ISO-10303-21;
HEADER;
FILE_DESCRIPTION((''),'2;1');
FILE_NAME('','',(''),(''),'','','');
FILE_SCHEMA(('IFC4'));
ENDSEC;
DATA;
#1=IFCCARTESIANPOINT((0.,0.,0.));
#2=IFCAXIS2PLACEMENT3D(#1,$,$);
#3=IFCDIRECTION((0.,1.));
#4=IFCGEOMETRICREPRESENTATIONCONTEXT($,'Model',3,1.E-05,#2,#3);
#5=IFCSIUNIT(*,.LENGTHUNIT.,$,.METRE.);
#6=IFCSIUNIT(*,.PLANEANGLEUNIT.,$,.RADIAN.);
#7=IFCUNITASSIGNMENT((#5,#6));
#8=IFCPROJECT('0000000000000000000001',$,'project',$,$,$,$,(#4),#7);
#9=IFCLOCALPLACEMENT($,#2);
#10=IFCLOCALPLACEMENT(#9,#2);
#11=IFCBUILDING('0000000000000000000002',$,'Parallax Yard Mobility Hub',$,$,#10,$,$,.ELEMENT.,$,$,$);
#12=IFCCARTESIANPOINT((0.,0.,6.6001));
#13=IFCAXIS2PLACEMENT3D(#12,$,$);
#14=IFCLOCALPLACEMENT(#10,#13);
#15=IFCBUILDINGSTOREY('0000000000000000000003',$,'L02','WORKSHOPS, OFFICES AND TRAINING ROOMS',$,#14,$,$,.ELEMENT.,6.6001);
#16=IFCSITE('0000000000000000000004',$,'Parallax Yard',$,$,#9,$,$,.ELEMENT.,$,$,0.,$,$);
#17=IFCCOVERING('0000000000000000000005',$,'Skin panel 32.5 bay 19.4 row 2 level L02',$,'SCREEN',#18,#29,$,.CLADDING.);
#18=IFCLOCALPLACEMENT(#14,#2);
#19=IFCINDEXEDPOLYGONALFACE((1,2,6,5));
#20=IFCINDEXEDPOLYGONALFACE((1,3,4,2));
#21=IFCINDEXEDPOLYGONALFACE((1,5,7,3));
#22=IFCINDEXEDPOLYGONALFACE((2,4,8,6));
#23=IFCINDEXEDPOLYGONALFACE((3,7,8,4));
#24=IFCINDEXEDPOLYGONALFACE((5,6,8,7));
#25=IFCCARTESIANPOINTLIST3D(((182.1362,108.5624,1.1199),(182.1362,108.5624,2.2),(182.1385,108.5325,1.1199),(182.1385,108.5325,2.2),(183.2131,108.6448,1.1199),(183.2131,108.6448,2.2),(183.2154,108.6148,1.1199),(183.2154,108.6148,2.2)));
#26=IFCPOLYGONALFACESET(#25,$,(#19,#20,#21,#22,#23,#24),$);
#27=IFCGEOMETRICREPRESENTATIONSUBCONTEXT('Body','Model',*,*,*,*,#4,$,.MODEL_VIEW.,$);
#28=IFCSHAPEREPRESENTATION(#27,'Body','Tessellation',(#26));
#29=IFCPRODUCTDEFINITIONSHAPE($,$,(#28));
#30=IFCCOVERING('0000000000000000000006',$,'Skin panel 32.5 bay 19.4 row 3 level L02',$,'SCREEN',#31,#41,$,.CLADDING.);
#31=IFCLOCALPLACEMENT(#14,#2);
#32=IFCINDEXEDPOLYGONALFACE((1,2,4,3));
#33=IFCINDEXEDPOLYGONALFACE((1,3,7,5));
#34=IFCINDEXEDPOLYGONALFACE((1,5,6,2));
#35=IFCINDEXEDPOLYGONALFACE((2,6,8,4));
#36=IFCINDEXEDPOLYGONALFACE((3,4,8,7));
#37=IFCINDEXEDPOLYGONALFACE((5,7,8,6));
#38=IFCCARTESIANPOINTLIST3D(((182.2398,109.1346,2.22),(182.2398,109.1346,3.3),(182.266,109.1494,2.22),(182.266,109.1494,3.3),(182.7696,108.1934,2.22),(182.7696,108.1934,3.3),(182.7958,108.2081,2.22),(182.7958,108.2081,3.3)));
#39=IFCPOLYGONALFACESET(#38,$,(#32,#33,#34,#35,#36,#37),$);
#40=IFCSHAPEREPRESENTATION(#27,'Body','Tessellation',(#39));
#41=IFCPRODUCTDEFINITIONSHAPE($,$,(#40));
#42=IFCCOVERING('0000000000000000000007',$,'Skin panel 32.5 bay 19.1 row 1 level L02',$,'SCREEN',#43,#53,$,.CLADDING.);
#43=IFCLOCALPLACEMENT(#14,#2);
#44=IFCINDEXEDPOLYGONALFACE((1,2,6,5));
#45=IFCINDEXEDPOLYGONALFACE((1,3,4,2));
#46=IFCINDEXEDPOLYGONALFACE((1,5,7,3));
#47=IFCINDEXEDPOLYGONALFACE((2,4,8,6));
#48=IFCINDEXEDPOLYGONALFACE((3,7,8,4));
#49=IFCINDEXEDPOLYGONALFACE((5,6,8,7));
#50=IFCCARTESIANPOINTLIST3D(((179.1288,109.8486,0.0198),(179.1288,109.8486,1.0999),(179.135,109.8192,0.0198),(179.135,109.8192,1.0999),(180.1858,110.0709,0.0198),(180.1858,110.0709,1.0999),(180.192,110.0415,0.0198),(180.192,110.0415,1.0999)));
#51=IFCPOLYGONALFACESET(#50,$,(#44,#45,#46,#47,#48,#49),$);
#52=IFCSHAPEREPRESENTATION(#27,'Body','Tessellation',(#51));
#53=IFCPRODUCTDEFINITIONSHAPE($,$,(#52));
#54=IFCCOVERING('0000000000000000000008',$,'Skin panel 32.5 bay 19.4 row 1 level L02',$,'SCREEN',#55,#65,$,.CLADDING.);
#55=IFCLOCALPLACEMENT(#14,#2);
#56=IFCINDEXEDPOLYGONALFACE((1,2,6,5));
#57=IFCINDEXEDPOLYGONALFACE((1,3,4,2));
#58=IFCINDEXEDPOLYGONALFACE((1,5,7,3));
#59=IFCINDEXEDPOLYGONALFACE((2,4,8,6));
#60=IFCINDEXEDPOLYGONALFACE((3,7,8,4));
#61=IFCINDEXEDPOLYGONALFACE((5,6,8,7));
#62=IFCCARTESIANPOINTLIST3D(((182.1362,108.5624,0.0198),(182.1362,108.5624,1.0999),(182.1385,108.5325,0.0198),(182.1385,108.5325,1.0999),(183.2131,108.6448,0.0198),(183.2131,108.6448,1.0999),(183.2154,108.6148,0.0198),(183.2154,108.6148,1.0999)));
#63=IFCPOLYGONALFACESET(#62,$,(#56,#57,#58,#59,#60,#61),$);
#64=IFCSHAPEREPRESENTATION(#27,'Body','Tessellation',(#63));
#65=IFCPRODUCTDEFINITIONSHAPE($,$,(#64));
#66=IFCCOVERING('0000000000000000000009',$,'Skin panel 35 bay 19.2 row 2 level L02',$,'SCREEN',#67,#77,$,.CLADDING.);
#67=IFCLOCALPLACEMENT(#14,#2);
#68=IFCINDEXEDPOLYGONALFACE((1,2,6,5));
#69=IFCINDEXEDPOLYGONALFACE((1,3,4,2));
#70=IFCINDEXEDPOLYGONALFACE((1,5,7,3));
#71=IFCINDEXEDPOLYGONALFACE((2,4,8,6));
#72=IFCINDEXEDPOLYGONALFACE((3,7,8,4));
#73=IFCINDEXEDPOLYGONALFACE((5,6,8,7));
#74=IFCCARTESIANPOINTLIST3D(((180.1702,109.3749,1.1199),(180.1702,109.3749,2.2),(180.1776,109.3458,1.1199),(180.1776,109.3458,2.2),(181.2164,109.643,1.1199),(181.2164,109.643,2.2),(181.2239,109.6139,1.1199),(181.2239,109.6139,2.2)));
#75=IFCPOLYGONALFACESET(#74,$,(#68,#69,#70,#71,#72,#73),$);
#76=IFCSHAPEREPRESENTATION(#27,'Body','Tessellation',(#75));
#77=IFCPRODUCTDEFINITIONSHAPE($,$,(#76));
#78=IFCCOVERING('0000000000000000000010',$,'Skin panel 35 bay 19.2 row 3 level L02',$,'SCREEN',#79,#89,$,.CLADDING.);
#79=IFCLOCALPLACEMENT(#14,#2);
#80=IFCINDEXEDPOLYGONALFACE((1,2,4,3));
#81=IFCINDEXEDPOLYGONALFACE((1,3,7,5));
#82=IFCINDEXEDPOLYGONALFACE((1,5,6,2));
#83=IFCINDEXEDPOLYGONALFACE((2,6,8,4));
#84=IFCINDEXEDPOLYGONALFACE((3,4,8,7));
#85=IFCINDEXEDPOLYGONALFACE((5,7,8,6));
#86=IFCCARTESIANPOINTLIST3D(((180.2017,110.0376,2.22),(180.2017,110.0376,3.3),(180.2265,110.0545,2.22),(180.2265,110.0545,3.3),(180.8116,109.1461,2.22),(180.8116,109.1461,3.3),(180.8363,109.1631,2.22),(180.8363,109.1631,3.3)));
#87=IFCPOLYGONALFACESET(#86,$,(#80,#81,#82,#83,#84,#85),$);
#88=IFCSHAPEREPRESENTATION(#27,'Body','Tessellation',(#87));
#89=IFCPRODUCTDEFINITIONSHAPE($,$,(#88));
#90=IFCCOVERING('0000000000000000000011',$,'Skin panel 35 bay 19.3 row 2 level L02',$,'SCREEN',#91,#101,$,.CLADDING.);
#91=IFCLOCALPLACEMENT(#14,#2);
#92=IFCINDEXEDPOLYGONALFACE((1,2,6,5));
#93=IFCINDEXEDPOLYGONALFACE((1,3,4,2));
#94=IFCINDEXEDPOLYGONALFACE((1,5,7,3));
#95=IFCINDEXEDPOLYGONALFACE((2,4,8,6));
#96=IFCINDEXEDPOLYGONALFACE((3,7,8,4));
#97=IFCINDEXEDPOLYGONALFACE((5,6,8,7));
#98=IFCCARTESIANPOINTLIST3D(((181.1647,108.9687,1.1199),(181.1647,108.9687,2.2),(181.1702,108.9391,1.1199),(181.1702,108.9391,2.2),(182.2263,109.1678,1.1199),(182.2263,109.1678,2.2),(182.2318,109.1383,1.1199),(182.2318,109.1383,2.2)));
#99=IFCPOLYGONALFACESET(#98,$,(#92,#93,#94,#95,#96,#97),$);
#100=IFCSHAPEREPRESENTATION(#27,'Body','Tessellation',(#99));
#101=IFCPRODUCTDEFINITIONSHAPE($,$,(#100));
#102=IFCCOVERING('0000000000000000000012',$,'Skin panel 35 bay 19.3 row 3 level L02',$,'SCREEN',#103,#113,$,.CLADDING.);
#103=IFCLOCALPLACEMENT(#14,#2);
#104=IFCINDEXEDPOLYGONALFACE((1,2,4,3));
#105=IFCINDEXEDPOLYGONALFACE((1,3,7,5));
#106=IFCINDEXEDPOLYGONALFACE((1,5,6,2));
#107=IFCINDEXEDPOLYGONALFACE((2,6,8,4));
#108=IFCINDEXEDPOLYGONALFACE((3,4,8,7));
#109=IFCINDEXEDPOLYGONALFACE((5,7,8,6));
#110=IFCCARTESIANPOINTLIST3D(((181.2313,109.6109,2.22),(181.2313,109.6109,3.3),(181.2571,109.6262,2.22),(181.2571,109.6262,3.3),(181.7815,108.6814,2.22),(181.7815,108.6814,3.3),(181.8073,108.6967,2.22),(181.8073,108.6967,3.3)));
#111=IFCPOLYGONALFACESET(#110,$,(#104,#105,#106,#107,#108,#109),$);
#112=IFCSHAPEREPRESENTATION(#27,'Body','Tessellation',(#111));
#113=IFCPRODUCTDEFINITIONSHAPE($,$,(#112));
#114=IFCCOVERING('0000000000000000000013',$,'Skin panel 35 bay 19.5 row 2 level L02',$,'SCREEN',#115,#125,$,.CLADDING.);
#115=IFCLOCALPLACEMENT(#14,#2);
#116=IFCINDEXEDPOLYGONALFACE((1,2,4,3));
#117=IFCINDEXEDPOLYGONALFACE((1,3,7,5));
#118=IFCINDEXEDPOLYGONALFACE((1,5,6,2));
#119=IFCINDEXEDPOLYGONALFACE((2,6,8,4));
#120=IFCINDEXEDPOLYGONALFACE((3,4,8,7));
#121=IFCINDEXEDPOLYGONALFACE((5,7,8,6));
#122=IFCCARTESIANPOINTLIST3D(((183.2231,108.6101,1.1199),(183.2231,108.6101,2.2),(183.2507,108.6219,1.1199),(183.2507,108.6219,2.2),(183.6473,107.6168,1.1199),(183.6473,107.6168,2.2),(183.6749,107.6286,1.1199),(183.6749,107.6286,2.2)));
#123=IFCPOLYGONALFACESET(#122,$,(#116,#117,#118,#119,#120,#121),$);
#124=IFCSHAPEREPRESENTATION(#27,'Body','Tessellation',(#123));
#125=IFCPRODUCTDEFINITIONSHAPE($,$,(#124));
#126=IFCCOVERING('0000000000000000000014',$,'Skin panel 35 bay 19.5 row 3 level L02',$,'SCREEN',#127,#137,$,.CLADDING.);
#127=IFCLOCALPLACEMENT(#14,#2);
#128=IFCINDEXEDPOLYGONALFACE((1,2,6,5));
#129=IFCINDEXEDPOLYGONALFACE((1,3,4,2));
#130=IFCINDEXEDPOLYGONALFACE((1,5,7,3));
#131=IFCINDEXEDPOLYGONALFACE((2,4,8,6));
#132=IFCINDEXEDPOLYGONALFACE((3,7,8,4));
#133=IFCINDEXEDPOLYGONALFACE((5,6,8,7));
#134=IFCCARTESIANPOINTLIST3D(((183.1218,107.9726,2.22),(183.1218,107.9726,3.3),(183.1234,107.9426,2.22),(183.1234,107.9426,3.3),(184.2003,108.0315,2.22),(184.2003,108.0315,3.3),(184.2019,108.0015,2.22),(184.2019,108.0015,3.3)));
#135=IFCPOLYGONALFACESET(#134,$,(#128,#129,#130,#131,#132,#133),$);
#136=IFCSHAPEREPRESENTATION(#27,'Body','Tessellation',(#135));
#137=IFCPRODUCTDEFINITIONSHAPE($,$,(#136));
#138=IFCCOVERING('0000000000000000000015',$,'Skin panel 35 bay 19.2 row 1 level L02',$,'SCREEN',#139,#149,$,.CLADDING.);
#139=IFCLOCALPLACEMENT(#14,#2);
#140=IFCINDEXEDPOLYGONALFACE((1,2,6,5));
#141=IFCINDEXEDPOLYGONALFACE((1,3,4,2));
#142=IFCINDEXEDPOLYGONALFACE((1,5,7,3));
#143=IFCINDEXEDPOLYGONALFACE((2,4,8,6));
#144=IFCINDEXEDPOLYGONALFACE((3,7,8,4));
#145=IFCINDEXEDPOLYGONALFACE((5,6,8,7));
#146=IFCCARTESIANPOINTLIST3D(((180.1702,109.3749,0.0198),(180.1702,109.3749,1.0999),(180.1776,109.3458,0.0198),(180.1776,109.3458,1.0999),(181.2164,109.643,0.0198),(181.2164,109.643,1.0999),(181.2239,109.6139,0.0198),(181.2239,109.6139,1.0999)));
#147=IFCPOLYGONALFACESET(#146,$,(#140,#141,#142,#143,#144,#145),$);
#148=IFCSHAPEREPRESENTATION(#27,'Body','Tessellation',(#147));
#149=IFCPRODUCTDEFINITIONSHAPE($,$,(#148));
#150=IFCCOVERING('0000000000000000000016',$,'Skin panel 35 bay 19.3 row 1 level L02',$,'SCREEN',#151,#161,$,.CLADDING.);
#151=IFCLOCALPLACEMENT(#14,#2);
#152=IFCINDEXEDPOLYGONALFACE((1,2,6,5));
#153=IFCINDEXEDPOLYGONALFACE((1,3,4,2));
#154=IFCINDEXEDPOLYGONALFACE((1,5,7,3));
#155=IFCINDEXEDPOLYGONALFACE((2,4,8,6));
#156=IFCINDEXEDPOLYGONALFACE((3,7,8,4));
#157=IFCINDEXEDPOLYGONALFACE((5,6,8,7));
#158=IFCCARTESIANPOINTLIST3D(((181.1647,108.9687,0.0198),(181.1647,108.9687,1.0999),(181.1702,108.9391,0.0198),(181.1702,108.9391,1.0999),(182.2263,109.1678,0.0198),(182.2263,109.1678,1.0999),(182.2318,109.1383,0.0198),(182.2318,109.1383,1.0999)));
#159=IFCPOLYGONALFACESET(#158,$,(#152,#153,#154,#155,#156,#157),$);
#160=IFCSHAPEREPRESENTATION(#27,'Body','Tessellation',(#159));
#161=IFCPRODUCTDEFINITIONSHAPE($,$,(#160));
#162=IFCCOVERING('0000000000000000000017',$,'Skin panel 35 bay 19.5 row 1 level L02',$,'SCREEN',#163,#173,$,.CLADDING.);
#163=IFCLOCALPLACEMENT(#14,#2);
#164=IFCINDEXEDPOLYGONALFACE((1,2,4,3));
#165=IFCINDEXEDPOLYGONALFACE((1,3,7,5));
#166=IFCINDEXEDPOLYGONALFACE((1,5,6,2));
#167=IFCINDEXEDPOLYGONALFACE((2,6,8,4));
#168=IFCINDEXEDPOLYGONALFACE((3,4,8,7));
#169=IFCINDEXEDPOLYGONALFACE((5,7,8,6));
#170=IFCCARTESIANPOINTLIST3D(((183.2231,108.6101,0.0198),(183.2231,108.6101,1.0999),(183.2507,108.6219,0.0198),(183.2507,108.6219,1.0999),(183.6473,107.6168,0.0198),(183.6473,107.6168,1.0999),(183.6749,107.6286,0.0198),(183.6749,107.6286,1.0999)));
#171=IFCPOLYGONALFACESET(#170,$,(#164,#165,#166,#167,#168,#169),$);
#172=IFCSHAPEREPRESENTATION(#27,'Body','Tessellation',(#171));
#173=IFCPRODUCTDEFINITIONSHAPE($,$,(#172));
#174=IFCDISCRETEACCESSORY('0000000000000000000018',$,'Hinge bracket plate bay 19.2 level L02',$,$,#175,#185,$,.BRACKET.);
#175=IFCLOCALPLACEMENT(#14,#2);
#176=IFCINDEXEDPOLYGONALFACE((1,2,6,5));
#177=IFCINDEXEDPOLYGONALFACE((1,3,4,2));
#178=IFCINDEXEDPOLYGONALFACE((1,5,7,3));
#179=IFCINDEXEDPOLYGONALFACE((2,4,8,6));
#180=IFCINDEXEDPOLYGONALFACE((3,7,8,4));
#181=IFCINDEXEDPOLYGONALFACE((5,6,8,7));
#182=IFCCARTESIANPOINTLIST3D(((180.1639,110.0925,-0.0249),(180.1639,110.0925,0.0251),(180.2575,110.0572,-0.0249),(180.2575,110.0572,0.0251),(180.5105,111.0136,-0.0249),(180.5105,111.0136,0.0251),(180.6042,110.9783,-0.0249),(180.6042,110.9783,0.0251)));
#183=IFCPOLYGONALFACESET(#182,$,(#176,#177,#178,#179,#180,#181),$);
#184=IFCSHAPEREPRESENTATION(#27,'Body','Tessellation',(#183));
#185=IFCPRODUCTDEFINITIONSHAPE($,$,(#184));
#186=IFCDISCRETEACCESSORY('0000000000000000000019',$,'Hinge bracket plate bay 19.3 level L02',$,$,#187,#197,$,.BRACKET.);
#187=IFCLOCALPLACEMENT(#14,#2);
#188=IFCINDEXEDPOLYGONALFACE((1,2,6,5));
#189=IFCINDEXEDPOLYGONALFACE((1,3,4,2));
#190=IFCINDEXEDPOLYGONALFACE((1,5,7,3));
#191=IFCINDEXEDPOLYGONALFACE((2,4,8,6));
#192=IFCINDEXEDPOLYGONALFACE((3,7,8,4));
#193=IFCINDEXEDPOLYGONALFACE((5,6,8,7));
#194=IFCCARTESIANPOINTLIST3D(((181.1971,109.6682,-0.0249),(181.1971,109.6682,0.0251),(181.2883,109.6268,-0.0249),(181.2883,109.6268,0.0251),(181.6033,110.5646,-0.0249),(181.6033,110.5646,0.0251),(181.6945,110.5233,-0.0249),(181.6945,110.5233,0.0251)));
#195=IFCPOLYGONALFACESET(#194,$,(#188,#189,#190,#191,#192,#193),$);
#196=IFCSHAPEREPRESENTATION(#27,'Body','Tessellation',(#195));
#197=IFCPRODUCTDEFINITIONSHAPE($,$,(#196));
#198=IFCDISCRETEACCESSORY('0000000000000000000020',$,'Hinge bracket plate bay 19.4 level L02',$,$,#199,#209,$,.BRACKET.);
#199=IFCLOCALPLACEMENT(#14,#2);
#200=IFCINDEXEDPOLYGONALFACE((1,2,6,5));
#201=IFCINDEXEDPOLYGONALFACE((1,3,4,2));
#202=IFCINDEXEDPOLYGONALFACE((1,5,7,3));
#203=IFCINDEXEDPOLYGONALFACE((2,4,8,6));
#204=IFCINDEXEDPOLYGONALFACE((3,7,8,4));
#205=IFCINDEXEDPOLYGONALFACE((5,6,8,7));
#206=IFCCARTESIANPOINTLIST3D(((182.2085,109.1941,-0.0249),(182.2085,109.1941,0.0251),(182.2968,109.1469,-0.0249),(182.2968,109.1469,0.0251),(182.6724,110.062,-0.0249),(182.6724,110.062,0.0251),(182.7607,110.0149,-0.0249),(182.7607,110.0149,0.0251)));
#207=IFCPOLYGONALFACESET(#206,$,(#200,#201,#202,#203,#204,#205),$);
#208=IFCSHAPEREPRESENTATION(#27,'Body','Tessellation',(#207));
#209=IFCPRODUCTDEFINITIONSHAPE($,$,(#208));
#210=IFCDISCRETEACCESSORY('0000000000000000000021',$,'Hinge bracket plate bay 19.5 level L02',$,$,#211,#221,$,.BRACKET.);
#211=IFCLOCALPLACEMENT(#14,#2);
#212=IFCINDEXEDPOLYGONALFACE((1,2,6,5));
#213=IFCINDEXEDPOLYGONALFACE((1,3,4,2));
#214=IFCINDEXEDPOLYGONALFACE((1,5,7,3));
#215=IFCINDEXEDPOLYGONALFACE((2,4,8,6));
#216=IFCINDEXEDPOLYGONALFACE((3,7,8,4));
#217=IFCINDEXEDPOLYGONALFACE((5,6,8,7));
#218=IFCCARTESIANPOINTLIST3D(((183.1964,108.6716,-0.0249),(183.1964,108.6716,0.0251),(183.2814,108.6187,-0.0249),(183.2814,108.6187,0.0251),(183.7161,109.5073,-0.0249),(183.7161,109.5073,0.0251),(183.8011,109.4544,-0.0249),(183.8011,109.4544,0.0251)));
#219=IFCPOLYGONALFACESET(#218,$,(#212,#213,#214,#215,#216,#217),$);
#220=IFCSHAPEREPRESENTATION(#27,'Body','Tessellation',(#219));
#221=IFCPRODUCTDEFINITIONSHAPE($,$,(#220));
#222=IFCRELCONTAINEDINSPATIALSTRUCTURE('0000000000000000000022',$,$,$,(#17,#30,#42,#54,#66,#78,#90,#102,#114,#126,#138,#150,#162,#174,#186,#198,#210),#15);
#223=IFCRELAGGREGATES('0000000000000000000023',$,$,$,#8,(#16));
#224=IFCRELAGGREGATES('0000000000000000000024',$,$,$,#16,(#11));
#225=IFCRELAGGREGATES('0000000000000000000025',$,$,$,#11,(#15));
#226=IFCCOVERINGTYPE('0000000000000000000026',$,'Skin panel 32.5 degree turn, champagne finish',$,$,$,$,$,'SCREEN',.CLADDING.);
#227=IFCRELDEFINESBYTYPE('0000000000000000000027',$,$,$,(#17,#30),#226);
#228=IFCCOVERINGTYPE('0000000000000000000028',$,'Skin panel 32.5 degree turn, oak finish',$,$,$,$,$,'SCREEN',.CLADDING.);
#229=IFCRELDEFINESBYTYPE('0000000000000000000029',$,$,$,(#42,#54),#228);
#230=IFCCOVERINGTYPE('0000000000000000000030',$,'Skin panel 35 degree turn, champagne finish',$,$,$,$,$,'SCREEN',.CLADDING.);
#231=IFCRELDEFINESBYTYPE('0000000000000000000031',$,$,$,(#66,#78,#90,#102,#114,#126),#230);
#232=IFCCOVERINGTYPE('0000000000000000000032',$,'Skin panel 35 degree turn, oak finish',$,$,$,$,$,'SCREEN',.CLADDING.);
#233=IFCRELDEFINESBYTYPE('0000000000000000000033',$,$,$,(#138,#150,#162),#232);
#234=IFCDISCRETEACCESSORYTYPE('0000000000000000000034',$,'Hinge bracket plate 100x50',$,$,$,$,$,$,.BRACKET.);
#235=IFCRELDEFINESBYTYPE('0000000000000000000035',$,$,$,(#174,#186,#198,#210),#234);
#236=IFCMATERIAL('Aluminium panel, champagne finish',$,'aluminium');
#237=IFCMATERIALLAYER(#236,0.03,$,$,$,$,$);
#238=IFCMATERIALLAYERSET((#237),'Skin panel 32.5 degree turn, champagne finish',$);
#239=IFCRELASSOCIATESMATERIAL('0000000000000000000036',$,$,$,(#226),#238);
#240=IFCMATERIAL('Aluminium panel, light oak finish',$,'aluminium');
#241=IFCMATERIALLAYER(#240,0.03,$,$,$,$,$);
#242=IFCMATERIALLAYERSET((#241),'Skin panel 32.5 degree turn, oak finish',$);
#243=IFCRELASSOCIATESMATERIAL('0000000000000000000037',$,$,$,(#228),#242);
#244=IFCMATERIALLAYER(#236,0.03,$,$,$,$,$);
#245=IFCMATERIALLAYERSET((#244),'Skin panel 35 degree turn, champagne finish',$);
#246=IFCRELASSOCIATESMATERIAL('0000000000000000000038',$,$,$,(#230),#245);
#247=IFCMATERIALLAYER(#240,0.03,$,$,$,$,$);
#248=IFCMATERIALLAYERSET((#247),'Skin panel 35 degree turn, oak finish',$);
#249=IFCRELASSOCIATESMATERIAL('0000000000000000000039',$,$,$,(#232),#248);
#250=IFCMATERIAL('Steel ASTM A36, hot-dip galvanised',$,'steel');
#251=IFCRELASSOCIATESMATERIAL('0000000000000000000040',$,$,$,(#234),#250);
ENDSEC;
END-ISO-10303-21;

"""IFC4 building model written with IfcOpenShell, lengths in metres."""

from ifc_helpers import new_model, si_unit, direction, frame, origin, origin_2d, place, context, subcontext, project, spatial, rectangle, extrude, material, layer, layer_set, type_object, element, save


model = new_model("IFC4")

# Units and contexts
model_context = context("Model", 3, precision=1e-05, world=origin(), true_north=direction((0.0, 1.0)))
body_context = subcontext(model_context, "Body", "Model", "MODEL_VIEW")
ifc_project = project(units=[si_unit("LENGTHUNIT", "METRE"), si_unit("PLANEANGLEUNIT", "RADIAN")], contexts=[model_context])

# Site, building, storey
site_placement = place(None, origin())
site = spatial("IfcSite", under=ifc_project, at=site_placement, Name="Parallax Yard", CompositionType="ELEMENT", RefElevation=0.0)
building_placement = place(site_placement, origin())
building = spatial("IfcBuilding", under=site, at=building_placement, Name="Parallax Yard Mobility Hub", CompositionType="ELEMENT")
storey_placement = place(building_placement, frame((0.0, 0.0, 6.6001)))
storey = spatial("IfcBuildingStorey", under=building, at=storey_placement, Name="L02", Description="WORKSHOPS, OFFICES AND TRAINING ROOMS", CompositionType="ELEMENT", Elevation=6.6001)

# Coverings
ifc_material_1 = material(Name="Aluminium panel, champagne finish", Category="aluminium")
ifc_layer_1 = layer(ifc_material_1, 0.03)
ifc_layer_set_1 = layer_set([ifc_layer_1], Name="Skin panel 32.5 degree turn, champagne finish")
covering_type_1 = type_object("IfcCoveringType", Name="Skin panel 32.5 degree turn, champagne finish", ElementType="SCREEN", PredefinedType="CLADDING", material=ifc_layer_set_1)
for number, where, z_axis, x_axis, name in (
    (1, (182.6758, 108.5886, 1.1199), (0.0, 0.0, 1.0), (-0.997086, -0.076284, 0.0), "Skin panel 32.5 bay 19.4 row 2 level L02"),
    (2, (182.5178, 108.6714, 2.22), (0.0, 0.0, 1.0), (0.490524, -0.871428, 0.0), "Skin panel 32.5 bay 19.4 row 3 level L02"),
):
    element("IfcCovering", number, at=place(storey_placement, frame(where, z_axis=z_axis, x_axis=x_axis)), inside=storey, type_object=covering_type_1, Name=name, ObjectType="SCREEN", PredefinedType="CLADDING", context=body_context, shape_type="SweptSolid", body=[
        extrude(rectangle(XDim=1.0801, YDim=0.03, at=origin_2d()), origin(), (0.0, 0.0, 1.0), 1.0801),
    ])
ifc_material_2 = material(Name="Aluminium panel, light oak finish", Category="aluminium")
ifc_layer_2 = layer(ifc_material_2, 0.03)
ifc_layer_set_2 = layer_set([ifc_layer_2], Name="Skin panel 32.5 degree turn, oak finish")
covering_type_2 = type_object("IfcCoveringType", Name="Skin panel 32.5 degree turn, oak finish", ElementType="SCREEN", PredefinedType="CLADDING", material=ifc_layer_set_2)
for number, where, z_axis, x_axis, name in (
    (3, (179.6604, 109.9451, 0.0198), (0.0, 0.0, 1.0), (-0.978599, -0.205777, 0.0), "Skin panel 32.5 bay 19.1 row 1 level L02"),
    (4, (182.6758, 108.5886, 0.0198), (0.0, 0.0, 1.0), (-0.997086, -0.076284, 0.0), "Skin panel 32.5 bay 19.4 row 1 level L02"),
):
    element("IfcCovering", number, at=place(storey_placement, frame(where, z_axis=z_axis, x_axis=x_axis)), inside=storey, type_object=covering_type_2, Name=name, ObjectType="SCREEN", PredefinedType="CLADDING", context=body_context, shape_type="SweptSolid", body=[
        extrude(rectangle(XDim=1.0801, YDim=0.03, at=origin_2d()), origin(), (0.0, 0.0, 1.0), 1.0801),
    ])
ifc_layer_3 = layer(ifc_material_1, 0.03)
ifc_layer_set_3 = layer_set([ifc_layer_3], Name="Skin panel 35 degree turn, champagne finish")
covering_type_3 = type_object("IfcCoveringType", Name="Skin panel 35 degree turn, champagne finish", ElementType="SCREEN", PredefinedType="CLADDING", material=ifc_layer_set_3)
for number, where, z_axis, x_axis, name in (
    (5, (180.697, 109.4944, 1.1199), (0.0, 0.0, 1.0), (-0.968692, -0.248267, 0.0), "Skin panel 35 bay 19.2 row 2 level L02"),
    (6, (180.519, 109.6003, 2.22), (0.0, 0.0, 1.0), (0.564607, -0.82536, 0.0), "Skin panel 35 bay 19.2 row 3 level L02"),
    (7, (181.6982, 109.0535, 1.1199), (0.0, 0.0, 1.0), (-0.982855, -0.18438, 0.0), "Skin panel 35 bay 19.3 row 2 level L02"),
    (8, (181.5193, 109.1538, 2.22), (0.0, 0.0, 1.0), (0.509417, -0.86052, 0.0), "Skin panel 35 bay 19.3 row 3 level L02"),
    (9, (183.449, 108.1194, 1.1199), (0.0, 0.0, 1.0), (0.392738, -0.91965, 0.0), "Skin panel 35 bay 19.5 row 2 level L02"),
    (10, (183.6619, 107.9871, 2.22), (0.0, 0.0, 1.0), (-0.998513, -0.054515, 0.0), "Skin panel 35 bay 19.5 row 3 level L02"),
):
    element("IfcCovering", number, at=place(storey_placement, frame(where, z_axis=z_axis, x_axis=x_axis)), inside=storey, type_object=covering_type_3, Name=name, ObjectType="SCREEN", PredefinedType="CLADDING", context=body_context, shape_type="SweptSolid", body=[
        extrude(rectangle(XDim=1.0801, YDim=0.03, at=origin_2d()), origin(), (0.0, 0.0, 1.0), 1.0801),
    ])
ifc_layer_4 = layer(ifc_material_2, 0.03)
ifc_layer_set_4 = layer_set([ifc_layer_4], Name="Skin panel 35 degree turn, oak finish")
covering_type_4 = type_object("IfcCoveringType", Name="Skin panel 35 degree turn, oak finish", ElementType="SCREEN", PredefinedType="CLADDING", material=ifc_layer_set_4)
for number, where, z_axis, x_axis, name in (
    (11, (180.697, 109.4944, 0.0198), (0.0, 0.0, 1.0), (-0.968692, -0.248267, 0.0), "Skin panel 35 bay 19.2 row 1 level L02"),
    (12, (181.6982, 109.0535, 0.0198), (0.0, 0.0, 1.0), (-0.982855, -0.18438, 0.0), "Skin panel 35 bay 19.3 row 1 level L02"),
    (13, (183.449, 108.1194, 0.0198), (0.0, 0.0, 1.0), (0.392738, -0.91965, 0.0), "Skin panel 35 bay 19.5 row 1 level L02"),
):
    element("IfcCovering", number, at=place(storey_placement, frame(where, z_axis=z_axis, x_axis=x_axis)), inside=storey, type_object=covering_type_4, Name=name, ObjectType="SCREEN", PredefinedType="CLADDING", context=body_context, shape_type="SweptSolid", body=[
        extrude(rectangle(XDim=1.0801, YDim=0.03, at=origin_2d()), origin(), (0.0, 0.0, 1.0), 1.0801),
    ])

# Discrete accessories
ifc_material_3 = material(Name="Steel ASTM A36, hot-dip galvanised", Category="steel")
discrete_accessory_type_1 = type_object("IfcDiscreteAccessoryType", Name="Hinge bracket plate 100x50", PredefinedType="BRACKET", material=ifc_material_3)
for number, where, z_axis, x_axis, name in (
    (14, (180.384, 110.5354, -0.0249), (0.0, 0.0, 1.0), (-0.35225, -0.935906, 0.0), "Hinge bracket plate bay 19.2 level L02"),
    (15, (181.4458, 110.0957, -0.0249), (0.0, 0.0, 1.0), (-0.412707, -0.910864, 0.0), "Hinge bracket plate bay 19.3 level L02"),
    (16, (182.4846, 109.6045, -0.0249), (0.0, 0.0, 1.0), (-0.471397, -0.881921, 0.0), "Hinge bracket plate bay 19.4 level L02"),
    (17, (183.4988, 109.063, -0.0249), (0.0, 0.0, 1.0), (-0.528068, -0.849202, 0.0), "Hinge bracket plate bay 19.5 level L02"),
):
    element("IfcDiscreteAccessory", number, at=place(storey_placement, frame(where, z_axis=z_axis, x_axis=x_axis)), inside=storey, type_object=discrete_accessory_type_1, Name=name, PredefinedType="BRACKET", context=body_context, shape_type="SweptSolid", body=[
        extrude(rectangle(XDim=0.9841, YDim=0.1001, at=origin_2d()), origin(), (0.0, 0.0, 1.0), 0.05),
    ])

save(model, "model.ifc")
